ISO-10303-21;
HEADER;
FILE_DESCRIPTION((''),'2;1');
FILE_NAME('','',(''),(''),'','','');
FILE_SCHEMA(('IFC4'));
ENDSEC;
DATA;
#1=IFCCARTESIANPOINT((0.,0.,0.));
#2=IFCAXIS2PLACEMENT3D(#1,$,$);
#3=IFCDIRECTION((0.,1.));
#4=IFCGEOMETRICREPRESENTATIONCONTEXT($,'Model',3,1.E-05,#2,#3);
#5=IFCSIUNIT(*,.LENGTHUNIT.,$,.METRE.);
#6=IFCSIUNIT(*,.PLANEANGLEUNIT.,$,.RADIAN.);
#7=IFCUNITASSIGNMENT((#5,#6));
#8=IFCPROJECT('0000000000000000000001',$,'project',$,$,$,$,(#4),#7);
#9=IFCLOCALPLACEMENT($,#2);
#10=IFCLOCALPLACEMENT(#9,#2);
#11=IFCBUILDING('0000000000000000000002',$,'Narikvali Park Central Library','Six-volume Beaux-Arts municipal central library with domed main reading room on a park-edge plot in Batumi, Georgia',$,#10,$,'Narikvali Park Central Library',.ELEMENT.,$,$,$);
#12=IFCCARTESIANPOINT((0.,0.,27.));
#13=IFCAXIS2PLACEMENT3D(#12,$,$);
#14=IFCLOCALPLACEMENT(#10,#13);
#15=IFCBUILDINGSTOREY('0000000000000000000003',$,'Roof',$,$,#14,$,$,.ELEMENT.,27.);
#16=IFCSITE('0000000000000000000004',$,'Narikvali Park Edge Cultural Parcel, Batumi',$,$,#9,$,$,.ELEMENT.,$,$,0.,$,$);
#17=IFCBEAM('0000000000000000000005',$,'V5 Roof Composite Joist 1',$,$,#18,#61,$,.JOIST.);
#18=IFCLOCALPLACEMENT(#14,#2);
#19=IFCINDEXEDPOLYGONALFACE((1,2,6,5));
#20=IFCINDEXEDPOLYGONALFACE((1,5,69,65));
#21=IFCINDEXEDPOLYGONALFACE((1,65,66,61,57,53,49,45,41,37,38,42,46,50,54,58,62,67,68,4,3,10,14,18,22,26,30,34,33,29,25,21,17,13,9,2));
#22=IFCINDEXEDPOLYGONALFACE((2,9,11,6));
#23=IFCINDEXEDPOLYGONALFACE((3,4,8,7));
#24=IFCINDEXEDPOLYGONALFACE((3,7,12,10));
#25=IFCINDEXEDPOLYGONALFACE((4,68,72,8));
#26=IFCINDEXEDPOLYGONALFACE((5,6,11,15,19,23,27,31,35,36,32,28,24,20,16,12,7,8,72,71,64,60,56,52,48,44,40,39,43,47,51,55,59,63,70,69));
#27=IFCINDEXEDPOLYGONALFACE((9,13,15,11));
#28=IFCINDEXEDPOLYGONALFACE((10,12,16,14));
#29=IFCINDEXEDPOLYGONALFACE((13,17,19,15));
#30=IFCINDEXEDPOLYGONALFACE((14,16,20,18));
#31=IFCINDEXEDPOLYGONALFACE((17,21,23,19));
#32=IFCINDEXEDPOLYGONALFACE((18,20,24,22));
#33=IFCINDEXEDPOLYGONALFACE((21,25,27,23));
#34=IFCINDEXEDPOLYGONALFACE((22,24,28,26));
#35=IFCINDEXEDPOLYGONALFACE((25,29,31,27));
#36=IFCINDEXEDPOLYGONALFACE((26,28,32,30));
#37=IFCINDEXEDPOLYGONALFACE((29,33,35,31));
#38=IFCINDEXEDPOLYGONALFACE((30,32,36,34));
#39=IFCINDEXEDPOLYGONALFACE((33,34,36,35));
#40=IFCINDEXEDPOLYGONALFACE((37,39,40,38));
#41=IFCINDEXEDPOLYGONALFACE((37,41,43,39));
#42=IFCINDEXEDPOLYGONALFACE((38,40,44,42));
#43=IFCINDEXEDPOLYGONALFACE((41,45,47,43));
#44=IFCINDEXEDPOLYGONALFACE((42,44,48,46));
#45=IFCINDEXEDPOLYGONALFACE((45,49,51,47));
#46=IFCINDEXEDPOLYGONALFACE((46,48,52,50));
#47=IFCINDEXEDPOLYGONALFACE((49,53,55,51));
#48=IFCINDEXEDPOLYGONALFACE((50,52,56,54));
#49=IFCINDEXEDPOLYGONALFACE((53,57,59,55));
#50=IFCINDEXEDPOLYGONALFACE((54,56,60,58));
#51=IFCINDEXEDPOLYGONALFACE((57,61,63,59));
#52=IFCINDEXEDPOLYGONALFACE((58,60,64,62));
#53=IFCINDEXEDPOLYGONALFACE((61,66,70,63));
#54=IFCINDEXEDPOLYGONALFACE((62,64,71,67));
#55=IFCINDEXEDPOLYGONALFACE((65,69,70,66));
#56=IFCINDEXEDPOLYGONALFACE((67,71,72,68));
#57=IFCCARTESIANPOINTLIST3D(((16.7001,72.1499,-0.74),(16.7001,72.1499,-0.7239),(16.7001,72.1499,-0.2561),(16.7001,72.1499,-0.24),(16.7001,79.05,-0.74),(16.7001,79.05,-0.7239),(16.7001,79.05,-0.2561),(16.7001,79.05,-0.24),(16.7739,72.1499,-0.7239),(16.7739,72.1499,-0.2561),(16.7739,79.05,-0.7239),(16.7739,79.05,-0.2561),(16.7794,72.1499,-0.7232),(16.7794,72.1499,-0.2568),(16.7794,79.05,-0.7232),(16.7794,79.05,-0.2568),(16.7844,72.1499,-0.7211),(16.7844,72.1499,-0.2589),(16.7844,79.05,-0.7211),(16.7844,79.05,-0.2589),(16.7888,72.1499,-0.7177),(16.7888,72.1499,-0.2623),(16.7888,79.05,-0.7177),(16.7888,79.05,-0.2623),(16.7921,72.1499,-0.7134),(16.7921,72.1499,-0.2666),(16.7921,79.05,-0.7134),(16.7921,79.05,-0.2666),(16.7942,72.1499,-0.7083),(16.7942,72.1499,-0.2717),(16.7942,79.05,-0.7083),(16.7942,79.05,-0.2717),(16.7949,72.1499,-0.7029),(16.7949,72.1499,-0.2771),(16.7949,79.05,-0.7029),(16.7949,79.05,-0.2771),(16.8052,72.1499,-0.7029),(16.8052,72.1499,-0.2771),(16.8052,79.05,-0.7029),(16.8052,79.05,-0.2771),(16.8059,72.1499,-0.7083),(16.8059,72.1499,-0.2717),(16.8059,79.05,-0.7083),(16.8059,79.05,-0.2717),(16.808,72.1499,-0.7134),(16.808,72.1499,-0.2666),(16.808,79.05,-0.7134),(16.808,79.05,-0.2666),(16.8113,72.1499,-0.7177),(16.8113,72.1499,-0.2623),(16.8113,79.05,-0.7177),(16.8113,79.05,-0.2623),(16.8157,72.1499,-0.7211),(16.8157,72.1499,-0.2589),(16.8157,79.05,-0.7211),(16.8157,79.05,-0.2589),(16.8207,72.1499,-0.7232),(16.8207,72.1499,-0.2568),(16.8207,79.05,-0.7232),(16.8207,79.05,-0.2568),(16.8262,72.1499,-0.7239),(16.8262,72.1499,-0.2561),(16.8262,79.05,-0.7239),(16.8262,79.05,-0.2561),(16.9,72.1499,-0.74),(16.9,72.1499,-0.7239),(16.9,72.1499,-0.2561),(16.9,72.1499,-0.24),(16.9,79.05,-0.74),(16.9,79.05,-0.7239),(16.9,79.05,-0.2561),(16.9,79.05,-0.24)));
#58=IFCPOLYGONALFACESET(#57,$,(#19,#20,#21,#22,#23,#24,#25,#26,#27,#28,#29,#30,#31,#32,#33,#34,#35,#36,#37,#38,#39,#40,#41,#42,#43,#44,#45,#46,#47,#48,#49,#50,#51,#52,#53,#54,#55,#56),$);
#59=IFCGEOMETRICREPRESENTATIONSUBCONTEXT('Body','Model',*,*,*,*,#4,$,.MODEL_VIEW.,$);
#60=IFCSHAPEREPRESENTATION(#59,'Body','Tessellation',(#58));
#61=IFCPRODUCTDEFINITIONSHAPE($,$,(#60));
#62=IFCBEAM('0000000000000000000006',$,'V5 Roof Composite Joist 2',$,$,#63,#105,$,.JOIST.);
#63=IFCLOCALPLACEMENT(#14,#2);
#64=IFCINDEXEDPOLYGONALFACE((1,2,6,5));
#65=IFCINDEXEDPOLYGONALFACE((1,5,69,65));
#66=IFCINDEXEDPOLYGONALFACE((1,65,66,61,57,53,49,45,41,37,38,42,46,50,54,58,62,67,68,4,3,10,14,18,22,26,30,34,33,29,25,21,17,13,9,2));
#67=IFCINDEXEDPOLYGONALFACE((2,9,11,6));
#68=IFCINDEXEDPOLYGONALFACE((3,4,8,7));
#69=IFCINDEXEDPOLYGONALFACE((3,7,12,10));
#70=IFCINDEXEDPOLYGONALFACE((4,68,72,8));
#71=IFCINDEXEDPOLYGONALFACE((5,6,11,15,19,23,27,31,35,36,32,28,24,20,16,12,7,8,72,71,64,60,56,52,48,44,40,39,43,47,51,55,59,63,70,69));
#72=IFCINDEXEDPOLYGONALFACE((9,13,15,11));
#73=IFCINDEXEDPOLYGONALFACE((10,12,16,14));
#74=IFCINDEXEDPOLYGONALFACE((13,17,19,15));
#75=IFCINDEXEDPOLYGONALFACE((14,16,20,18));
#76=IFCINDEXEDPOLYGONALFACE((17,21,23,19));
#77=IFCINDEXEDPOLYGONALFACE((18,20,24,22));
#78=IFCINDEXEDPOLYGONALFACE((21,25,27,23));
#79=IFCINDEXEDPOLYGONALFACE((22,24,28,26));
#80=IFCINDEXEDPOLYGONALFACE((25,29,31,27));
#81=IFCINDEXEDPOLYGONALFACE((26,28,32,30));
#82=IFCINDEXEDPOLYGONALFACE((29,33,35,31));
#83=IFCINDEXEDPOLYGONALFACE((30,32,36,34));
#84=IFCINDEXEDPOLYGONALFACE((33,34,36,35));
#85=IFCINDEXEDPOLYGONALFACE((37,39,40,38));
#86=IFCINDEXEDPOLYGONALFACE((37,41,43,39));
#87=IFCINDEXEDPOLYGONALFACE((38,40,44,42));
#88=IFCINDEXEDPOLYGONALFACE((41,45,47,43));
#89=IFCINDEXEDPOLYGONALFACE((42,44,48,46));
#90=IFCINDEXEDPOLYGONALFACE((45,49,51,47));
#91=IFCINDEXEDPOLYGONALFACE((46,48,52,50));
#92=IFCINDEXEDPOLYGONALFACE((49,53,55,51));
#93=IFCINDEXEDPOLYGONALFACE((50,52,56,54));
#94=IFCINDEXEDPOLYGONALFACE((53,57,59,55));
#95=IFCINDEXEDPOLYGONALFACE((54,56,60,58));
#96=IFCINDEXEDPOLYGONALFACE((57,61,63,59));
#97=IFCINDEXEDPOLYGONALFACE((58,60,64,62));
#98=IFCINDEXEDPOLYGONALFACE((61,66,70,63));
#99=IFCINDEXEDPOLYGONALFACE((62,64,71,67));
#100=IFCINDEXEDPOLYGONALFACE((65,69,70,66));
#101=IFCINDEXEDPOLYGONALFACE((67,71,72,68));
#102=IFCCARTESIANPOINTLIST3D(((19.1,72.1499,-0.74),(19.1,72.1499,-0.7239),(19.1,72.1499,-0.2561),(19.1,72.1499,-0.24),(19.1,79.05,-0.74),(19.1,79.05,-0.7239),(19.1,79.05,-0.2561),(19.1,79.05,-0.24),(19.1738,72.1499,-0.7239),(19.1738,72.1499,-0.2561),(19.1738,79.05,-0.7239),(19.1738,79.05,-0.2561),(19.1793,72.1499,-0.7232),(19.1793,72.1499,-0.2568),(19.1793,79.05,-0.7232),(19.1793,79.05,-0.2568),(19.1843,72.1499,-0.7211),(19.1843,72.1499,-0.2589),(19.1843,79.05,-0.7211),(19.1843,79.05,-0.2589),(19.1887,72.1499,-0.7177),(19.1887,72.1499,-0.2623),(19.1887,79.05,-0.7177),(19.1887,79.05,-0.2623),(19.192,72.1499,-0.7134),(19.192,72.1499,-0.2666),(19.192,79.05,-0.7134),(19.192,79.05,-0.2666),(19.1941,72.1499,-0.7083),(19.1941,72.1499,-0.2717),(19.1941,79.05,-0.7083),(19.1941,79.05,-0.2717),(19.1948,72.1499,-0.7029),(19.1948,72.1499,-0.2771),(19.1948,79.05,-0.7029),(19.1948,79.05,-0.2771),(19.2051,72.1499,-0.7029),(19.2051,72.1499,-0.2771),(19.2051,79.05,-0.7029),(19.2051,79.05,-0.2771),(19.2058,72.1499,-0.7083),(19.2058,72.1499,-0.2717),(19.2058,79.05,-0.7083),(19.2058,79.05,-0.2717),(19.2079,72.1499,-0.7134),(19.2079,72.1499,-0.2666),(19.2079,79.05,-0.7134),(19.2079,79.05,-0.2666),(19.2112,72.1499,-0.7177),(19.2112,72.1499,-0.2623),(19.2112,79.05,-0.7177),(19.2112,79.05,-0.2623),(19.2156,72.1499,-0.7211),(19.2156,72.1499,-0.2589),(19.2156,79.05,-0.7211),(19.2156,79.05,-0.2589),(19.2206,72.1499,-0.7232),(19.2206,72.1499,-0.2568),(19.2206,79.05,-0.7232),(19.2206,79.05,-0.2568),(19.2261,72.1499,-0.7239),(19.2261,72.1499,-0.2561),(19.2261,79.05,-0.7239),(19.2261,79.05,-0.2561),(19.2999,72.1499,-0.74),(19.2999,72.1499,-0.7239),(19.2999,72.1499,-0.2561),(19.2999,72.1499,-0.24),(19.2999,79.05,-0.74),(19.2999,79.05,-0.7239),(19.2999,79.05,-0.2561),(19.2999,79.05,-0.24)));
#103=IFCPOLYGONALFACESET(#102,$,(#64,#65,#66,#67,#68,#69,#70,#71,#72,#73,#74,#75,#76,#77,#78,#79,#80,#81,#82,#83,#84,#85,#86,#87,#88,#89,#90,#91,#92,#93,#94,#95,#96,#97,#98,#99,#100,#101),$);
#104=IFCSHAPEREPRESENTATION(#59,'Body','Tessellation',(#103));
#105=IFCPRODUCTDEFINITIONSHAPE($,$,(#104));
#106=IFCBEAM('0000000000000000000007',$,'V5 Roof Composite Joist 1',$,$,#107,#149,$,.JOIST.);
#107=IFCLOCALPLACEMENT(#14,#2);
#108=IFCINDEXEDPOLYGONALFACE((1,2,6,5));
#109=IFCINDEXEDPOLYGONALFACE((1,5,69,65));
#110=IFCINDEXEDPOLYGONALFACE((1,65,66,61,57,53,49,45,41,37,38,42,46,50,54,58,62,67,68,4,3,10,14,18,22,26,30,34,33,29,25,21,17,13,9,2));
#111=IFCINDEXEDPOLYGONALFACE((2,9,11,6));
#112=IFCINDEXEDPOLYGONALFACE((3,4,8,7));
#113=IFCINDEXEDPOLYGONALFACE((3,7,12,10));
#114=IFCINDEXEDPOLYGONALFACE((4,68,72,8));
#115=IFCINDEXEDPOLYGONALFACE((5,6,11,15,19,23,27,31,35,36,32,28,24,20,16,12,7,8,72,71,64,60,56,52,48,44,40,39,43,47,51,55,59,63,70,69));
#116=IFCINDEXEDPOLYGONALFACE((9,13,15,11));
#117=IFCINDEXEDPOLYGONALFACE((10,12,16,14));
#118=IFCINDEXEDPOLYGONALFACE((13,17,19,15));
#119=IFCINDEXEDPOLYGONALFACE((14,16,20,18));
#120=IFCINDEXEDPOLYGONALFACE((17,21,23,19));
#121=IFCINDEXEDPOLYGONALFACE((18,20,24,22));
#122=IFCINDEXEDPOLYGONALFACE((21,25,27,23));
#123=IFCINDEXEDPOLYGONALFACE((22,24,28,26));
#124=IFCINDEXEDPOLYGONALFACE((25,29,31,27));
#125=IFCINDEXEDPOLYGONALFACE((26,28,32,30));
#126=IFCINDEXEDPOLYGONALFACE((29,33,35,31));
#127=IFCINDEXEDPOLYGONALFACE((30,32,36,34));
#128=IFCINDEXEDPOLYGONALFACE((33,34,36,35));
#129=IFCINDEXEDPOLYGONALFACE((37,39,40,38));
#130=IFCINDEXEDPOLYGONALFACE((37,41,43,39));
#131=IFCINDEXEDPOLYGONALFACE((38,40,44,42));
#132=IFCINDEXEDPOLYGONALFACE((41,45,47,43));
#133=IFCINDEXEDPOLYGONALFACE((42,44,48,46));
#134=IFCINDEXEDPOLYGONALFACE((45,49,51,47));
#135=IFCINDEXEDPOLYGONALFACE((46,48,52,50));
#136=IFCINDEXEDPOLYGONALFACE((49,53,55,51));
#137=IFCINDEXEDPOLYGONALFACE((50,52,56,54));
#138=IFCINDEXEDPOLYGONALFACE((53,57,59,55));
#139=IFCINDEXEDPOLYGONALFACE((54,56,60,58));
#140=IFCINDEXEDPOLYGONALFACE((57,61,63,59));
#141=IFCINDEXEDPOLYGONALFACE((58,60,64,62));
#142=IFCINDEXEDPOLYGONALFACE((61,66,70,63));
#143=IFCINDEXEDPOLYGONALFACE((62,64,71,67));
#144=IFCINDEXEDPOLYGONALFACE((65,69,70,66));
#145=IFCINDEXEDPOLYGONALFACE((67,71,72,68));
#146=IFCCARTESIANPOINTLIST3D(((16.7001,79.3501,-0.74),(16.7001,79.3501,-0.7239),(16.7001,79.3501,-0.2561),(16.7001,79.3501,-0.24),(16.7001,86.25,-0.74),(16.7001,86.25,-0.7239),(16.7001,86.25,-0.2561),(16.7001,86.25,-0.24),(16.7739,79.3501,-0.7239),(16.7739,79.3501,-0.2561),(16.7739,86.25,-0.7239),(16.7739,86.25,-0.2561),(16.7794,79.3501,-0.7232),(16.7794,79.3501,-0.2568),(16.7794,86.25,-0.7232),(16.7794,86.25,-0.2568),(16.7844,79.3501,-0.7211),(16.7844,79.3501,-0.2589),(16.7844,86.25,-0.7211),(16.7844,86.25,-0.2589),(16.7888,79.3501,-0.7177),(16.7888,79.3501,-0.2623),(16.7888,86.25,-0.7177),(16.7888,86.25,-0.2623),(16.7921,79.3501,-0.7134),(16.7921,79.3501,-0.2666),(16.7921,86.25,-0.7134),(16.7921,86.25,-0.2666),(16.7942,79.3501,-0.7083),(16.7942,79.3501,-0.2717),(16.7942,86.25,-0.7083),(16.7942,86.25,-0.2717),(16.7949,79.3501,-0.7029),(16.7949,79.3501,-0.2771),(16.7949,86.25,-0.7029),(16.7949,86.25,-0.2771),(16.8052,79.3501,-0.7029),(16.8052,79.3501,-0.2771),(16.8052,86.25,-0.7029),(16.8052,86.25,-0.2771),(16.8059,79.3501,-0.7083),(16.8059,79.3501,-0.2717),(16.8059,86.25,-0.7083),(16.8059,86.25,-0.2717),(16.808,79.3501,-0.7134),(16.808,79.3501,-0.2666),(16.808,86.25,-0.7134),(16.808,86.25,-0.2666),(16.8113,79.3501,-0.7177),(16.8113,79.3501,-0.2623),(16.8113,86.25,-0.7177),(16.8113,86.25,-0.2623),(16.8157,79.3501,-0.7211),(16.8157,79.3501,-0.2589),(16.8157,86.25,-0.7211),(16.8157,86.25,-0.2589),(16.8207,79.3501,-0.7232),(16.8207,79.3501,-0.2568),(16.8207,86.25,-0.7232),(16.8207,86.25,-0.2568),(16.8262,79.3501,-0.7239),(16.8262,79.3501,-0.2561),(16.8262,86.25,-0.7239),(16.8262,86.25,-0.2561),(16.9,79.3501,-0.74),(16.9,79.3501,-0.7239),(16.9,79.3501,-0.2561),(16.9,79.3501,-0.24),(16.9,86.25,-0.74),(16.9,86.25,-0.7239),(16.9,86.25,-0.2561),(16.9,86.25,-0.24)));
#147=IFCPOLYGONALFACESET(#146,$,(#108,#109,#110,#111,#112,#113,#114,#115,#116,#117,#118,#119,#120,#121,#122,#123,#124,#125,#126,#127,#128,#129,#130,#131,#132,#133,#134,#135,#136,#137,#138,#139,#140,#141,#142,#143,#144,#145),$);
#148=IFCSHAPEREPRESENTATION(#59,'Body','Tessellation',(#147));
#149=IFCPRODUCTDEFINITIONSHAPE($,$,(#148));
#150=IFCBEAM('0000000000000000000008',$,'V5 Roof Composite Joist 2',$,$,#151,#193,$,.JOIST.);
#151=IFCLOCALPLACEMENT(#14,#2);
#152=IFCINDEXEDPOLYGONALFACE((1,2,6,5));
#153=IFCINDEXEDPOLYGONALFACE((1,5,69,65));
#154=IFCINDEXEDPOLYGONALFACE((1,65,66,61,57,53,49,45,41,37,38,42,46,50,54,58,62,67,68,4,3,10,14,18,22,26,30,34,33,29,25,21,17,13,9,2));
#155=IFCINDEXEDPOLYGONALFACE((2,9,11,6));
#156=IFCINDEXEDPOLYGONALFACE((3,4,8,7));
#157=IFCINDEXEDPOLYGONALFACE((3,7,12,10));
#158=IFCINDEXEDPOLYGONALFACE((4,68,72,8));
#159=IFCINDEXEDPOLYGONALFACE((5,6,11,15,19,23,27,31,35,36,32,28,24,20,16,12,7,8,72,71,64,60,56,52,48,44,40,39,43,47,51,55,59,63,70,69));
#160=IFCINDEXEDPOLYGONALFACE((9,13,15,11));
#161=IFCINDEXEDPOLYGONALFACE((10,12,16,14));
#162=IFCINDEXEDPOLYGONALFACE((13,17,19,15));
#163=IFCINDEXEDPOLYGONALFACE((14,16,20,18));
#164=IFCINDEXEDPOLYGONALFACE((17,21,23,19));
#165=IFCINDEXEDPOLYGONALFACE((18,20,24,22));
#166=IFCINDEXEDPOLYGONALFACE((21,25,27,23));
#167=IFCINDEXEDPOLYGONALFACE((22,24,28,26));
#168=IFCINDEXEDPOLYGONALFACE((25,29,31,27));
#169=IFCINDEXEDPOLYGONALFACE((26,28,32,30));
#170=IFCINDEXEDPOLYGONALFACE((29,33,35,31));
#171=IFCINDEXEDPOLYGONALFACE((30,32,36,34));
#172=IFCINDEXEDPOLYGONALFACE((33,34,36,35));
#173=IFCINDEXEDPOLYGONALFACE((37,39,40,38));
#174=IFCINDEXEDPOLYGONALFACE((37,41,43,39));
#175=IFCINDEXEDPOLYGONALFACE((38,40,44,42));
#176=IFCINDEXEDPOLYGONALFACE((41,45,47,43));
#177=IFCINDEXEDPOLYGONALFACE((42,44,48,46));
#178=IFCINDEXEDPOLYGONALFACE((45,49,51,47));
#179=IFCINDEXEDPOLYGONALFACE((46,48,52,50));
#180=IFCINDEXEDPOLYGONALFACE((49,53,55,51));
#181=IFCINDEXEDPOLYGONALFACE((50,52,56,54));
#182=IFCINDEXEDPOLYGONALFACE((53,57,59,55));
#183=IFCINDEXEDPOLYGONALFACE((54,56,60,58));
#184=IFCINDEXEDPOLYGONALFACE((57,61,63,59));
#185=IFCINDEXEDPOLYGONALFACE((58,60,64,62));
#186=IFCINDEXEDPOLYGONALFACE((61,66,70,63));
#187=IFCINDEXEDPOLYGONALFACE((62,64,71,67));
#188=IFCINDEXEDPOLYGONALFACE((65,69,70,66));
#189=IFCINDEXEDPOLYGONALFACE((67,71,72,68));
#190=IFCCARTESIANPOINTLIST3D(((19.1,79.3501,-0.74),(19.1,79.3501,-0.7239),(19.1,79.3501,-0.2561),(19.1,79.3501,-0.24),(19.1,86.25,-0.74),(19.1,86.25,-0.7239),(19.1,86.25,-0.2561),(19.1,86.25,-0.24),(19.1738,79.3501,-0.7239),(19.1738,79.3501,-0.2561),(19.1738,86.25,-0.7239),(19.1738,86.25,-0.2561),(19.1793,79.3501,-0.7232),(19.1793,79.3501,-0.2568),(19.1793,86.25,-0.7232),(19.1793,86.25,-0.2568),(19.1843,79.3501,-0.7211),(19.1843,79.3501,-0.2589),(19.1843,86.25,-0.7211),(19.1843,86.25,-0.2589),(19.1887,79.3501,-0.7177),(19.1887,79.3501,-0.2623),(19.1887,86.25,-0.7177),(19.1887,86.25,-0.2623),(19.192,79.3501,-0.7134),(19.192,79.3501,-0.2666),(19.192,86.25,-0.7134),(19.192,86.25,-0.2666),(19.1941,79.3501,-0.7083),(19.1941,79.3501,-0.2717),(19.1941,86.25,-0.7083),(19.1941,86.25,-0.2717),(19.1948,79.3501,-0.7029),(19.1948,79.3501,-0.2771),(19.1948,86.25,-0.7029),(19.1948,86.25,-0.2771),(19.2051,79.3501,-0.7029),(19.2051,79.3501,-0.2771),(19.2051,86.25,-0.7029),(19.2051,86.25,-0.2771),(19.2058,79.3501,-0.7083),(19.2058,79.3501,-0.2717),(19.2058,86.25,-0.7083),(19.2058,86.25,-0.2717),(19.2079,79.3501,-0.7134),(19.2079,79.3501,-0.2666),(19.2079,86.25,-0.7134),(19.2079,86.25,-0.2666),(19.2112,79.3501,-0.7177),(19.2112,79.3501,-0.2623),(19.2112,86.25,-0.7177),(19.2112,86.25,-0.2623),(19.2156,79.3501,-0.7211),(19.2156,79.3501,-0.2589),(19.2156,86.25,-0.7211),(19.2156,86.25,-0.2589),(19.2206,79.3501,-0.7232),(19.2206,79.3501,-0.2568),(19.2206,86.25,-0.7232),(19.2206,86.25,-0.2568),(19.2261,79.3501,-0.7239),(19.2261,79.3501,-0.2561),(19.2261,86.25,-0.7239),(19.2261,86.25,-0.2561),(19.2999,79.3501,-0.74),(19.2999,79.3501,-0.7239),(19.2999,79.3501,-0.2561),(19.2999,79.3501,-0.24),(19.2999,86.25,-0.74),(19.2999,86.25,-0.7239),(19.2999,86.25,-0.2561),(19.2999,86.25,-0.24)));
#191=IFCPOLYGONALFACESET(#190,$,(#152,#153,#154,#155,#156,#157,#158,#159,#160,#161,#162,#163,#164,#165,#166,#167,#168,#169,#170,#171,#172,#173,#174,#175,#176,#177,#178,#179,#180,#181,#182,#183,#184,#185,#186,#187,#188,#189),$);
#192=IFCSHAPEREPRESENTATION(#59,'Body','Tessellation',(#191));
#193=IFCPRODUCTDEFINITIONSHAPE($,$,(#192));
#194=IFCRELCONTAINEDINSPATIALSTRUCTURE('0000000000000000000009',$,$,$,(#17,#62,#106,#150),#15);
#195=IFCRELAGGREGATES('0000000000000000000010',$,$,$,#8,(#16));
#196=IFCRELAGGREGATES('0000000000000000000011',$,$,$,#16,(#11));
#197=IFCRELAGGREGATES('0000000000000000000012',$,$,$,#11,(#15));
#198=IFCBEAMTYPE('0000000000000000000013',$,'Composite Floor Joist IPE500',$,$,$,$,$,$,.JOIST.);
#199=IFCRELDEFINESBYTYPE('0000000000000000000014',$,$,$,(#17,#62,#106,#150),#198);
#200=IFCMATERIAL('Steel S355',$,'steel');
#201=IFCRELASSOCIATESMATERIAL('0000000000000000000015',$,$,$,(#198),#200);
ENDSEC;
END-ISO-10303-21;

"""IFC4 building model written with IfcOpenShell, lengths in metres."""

from ifc_helpers import new_model, si_unit, direction, frame, origin, origin_2d, place, context, subcontext, project, spatial, i_section, extrude, material, material_profile, profile_set, type_object, element, save


model = new_model("IFC4")

# Units and contexts
model_context = context("Model", 3, precision=1e-05, world=origin(), true_north=direction((0.0, 1.0)))
body_context = subcontext(model_context, "Body", "Model", "MODEL_VIEW")
ifc_project = project(units=[si_unit("LENGTHUNIT", "METRE"), si_unit("PLANEANGLEUNIT", "RADIAN")], contexts=[model_context])

# Site, building, storey
site_placement = place(None, origin())
site = spatial("IfcSite", under=ifc_project, at=site_placement, Name="Narikvali Park Edge Cultural Parcel, Batumi", CompositionType="ELEMENT", RefElevation=0.0)
building_placement = place(site_placement, origin())
building = spatial("IfcBuilding", under=site, at=building_placement, Name="Narikvali Park Central Library", Description="Six-volume Beaux-Arts municipal central library with domed main reading room on a park-edge plot in Batumi, Georgia", LongName="Narikvali Park Central Library", CompositionType="ELEMENT")
storey_placement = place(building_placement, frame((0.0, 0.0, 27.0)))
storey = spatial("IfcBuildingStorey", under=building, at=storey_placement, Name="Roof", CompositionType="ELEMENT", Elevation=27.0)

# Beams
ifc_material = material(Name="Steel S355", Category="steel")
ifc_material_profile_1 = material_profile(ifc_material, i_section(OverallWidth=0.2, OverallDepth=0.5, WebThickness=0.0103, FlangeThickness=0.0161, FilletRadius=0.021, at=origin_2d()), Name="IPE 500")
ifc_profile_set_1 = profile_set([ifc_material_profile_1], Name="Steel S355")
beam_type_1 = type_object("IfcBeamType", Name="Composite Floor Joist IPE500", PredefinedType="JOIST", material=ifc_profile_set_1)
for number, where, z_axis, x_axis, name in (
    (1, (16.8, 72.1499, -0.49), (0.0, 1.0, 0.0), (-1.0, 0.0, 0.0), "V5 Roof Composite Joist 1"),
    (2, (19.2, 72.1499, -0.49), (0.0, 1.0, 0.0), (-1.0, 0.0, 0.0), "V5 Roof Composite Joist 2"),
):
    element("IfcBeam", number, at=place(storey_placement, frame(where, z_axis=z_axis, x_axis=x_axis)), inside=storey, type_object=beam_type_1, Name=name, PredefinedType="JOIST", context=body_context, shape_type="SweptSolid", body=[
        extrude(i_section(OverallWidth=0.2, OverallDepth=0.5, WebThickness=0.0103, FlangeThickness=0.0161, FilletRadius=0.021, at=origin_2d()), origin(), (0.0, 0.0, 1.0), 6.9001),
    ])
for number, where, z_axis, x_axis, name in (
    (3, (16.8, 79.3501, -0.49), (0.0, 1.0, 0.0), (-1.0, 0.0, 0.0), "V5 Roof Composite Joist 1"),
    (4, (19.2, 79.3501, -0.49), (0.0, 1.0, 0.0), (-1.0, 0.0, 0.0), "V5 Roof Composite Joist 2"),
):
    element("IfcBeam", number, at=place(storey_placement, frame(where, z_axis=z_axis, x_axis=x_axis)), inside=storey, type_object=beam_type_1, Name=name, PredefinedType="JOIST", context=body_context, shape_type="SweptSolid", body=[
        extrude(i_section(OverallWidth=0.2, OverallDepth=0.5, WebThickness=0.0103, FlangeThickness=0.0161, FilletRadius=0.021, at=origin_2d()), origin(), (0.0, 0.0, 1.0), 6.8999),
    ])

save(model, "model.ifc")
